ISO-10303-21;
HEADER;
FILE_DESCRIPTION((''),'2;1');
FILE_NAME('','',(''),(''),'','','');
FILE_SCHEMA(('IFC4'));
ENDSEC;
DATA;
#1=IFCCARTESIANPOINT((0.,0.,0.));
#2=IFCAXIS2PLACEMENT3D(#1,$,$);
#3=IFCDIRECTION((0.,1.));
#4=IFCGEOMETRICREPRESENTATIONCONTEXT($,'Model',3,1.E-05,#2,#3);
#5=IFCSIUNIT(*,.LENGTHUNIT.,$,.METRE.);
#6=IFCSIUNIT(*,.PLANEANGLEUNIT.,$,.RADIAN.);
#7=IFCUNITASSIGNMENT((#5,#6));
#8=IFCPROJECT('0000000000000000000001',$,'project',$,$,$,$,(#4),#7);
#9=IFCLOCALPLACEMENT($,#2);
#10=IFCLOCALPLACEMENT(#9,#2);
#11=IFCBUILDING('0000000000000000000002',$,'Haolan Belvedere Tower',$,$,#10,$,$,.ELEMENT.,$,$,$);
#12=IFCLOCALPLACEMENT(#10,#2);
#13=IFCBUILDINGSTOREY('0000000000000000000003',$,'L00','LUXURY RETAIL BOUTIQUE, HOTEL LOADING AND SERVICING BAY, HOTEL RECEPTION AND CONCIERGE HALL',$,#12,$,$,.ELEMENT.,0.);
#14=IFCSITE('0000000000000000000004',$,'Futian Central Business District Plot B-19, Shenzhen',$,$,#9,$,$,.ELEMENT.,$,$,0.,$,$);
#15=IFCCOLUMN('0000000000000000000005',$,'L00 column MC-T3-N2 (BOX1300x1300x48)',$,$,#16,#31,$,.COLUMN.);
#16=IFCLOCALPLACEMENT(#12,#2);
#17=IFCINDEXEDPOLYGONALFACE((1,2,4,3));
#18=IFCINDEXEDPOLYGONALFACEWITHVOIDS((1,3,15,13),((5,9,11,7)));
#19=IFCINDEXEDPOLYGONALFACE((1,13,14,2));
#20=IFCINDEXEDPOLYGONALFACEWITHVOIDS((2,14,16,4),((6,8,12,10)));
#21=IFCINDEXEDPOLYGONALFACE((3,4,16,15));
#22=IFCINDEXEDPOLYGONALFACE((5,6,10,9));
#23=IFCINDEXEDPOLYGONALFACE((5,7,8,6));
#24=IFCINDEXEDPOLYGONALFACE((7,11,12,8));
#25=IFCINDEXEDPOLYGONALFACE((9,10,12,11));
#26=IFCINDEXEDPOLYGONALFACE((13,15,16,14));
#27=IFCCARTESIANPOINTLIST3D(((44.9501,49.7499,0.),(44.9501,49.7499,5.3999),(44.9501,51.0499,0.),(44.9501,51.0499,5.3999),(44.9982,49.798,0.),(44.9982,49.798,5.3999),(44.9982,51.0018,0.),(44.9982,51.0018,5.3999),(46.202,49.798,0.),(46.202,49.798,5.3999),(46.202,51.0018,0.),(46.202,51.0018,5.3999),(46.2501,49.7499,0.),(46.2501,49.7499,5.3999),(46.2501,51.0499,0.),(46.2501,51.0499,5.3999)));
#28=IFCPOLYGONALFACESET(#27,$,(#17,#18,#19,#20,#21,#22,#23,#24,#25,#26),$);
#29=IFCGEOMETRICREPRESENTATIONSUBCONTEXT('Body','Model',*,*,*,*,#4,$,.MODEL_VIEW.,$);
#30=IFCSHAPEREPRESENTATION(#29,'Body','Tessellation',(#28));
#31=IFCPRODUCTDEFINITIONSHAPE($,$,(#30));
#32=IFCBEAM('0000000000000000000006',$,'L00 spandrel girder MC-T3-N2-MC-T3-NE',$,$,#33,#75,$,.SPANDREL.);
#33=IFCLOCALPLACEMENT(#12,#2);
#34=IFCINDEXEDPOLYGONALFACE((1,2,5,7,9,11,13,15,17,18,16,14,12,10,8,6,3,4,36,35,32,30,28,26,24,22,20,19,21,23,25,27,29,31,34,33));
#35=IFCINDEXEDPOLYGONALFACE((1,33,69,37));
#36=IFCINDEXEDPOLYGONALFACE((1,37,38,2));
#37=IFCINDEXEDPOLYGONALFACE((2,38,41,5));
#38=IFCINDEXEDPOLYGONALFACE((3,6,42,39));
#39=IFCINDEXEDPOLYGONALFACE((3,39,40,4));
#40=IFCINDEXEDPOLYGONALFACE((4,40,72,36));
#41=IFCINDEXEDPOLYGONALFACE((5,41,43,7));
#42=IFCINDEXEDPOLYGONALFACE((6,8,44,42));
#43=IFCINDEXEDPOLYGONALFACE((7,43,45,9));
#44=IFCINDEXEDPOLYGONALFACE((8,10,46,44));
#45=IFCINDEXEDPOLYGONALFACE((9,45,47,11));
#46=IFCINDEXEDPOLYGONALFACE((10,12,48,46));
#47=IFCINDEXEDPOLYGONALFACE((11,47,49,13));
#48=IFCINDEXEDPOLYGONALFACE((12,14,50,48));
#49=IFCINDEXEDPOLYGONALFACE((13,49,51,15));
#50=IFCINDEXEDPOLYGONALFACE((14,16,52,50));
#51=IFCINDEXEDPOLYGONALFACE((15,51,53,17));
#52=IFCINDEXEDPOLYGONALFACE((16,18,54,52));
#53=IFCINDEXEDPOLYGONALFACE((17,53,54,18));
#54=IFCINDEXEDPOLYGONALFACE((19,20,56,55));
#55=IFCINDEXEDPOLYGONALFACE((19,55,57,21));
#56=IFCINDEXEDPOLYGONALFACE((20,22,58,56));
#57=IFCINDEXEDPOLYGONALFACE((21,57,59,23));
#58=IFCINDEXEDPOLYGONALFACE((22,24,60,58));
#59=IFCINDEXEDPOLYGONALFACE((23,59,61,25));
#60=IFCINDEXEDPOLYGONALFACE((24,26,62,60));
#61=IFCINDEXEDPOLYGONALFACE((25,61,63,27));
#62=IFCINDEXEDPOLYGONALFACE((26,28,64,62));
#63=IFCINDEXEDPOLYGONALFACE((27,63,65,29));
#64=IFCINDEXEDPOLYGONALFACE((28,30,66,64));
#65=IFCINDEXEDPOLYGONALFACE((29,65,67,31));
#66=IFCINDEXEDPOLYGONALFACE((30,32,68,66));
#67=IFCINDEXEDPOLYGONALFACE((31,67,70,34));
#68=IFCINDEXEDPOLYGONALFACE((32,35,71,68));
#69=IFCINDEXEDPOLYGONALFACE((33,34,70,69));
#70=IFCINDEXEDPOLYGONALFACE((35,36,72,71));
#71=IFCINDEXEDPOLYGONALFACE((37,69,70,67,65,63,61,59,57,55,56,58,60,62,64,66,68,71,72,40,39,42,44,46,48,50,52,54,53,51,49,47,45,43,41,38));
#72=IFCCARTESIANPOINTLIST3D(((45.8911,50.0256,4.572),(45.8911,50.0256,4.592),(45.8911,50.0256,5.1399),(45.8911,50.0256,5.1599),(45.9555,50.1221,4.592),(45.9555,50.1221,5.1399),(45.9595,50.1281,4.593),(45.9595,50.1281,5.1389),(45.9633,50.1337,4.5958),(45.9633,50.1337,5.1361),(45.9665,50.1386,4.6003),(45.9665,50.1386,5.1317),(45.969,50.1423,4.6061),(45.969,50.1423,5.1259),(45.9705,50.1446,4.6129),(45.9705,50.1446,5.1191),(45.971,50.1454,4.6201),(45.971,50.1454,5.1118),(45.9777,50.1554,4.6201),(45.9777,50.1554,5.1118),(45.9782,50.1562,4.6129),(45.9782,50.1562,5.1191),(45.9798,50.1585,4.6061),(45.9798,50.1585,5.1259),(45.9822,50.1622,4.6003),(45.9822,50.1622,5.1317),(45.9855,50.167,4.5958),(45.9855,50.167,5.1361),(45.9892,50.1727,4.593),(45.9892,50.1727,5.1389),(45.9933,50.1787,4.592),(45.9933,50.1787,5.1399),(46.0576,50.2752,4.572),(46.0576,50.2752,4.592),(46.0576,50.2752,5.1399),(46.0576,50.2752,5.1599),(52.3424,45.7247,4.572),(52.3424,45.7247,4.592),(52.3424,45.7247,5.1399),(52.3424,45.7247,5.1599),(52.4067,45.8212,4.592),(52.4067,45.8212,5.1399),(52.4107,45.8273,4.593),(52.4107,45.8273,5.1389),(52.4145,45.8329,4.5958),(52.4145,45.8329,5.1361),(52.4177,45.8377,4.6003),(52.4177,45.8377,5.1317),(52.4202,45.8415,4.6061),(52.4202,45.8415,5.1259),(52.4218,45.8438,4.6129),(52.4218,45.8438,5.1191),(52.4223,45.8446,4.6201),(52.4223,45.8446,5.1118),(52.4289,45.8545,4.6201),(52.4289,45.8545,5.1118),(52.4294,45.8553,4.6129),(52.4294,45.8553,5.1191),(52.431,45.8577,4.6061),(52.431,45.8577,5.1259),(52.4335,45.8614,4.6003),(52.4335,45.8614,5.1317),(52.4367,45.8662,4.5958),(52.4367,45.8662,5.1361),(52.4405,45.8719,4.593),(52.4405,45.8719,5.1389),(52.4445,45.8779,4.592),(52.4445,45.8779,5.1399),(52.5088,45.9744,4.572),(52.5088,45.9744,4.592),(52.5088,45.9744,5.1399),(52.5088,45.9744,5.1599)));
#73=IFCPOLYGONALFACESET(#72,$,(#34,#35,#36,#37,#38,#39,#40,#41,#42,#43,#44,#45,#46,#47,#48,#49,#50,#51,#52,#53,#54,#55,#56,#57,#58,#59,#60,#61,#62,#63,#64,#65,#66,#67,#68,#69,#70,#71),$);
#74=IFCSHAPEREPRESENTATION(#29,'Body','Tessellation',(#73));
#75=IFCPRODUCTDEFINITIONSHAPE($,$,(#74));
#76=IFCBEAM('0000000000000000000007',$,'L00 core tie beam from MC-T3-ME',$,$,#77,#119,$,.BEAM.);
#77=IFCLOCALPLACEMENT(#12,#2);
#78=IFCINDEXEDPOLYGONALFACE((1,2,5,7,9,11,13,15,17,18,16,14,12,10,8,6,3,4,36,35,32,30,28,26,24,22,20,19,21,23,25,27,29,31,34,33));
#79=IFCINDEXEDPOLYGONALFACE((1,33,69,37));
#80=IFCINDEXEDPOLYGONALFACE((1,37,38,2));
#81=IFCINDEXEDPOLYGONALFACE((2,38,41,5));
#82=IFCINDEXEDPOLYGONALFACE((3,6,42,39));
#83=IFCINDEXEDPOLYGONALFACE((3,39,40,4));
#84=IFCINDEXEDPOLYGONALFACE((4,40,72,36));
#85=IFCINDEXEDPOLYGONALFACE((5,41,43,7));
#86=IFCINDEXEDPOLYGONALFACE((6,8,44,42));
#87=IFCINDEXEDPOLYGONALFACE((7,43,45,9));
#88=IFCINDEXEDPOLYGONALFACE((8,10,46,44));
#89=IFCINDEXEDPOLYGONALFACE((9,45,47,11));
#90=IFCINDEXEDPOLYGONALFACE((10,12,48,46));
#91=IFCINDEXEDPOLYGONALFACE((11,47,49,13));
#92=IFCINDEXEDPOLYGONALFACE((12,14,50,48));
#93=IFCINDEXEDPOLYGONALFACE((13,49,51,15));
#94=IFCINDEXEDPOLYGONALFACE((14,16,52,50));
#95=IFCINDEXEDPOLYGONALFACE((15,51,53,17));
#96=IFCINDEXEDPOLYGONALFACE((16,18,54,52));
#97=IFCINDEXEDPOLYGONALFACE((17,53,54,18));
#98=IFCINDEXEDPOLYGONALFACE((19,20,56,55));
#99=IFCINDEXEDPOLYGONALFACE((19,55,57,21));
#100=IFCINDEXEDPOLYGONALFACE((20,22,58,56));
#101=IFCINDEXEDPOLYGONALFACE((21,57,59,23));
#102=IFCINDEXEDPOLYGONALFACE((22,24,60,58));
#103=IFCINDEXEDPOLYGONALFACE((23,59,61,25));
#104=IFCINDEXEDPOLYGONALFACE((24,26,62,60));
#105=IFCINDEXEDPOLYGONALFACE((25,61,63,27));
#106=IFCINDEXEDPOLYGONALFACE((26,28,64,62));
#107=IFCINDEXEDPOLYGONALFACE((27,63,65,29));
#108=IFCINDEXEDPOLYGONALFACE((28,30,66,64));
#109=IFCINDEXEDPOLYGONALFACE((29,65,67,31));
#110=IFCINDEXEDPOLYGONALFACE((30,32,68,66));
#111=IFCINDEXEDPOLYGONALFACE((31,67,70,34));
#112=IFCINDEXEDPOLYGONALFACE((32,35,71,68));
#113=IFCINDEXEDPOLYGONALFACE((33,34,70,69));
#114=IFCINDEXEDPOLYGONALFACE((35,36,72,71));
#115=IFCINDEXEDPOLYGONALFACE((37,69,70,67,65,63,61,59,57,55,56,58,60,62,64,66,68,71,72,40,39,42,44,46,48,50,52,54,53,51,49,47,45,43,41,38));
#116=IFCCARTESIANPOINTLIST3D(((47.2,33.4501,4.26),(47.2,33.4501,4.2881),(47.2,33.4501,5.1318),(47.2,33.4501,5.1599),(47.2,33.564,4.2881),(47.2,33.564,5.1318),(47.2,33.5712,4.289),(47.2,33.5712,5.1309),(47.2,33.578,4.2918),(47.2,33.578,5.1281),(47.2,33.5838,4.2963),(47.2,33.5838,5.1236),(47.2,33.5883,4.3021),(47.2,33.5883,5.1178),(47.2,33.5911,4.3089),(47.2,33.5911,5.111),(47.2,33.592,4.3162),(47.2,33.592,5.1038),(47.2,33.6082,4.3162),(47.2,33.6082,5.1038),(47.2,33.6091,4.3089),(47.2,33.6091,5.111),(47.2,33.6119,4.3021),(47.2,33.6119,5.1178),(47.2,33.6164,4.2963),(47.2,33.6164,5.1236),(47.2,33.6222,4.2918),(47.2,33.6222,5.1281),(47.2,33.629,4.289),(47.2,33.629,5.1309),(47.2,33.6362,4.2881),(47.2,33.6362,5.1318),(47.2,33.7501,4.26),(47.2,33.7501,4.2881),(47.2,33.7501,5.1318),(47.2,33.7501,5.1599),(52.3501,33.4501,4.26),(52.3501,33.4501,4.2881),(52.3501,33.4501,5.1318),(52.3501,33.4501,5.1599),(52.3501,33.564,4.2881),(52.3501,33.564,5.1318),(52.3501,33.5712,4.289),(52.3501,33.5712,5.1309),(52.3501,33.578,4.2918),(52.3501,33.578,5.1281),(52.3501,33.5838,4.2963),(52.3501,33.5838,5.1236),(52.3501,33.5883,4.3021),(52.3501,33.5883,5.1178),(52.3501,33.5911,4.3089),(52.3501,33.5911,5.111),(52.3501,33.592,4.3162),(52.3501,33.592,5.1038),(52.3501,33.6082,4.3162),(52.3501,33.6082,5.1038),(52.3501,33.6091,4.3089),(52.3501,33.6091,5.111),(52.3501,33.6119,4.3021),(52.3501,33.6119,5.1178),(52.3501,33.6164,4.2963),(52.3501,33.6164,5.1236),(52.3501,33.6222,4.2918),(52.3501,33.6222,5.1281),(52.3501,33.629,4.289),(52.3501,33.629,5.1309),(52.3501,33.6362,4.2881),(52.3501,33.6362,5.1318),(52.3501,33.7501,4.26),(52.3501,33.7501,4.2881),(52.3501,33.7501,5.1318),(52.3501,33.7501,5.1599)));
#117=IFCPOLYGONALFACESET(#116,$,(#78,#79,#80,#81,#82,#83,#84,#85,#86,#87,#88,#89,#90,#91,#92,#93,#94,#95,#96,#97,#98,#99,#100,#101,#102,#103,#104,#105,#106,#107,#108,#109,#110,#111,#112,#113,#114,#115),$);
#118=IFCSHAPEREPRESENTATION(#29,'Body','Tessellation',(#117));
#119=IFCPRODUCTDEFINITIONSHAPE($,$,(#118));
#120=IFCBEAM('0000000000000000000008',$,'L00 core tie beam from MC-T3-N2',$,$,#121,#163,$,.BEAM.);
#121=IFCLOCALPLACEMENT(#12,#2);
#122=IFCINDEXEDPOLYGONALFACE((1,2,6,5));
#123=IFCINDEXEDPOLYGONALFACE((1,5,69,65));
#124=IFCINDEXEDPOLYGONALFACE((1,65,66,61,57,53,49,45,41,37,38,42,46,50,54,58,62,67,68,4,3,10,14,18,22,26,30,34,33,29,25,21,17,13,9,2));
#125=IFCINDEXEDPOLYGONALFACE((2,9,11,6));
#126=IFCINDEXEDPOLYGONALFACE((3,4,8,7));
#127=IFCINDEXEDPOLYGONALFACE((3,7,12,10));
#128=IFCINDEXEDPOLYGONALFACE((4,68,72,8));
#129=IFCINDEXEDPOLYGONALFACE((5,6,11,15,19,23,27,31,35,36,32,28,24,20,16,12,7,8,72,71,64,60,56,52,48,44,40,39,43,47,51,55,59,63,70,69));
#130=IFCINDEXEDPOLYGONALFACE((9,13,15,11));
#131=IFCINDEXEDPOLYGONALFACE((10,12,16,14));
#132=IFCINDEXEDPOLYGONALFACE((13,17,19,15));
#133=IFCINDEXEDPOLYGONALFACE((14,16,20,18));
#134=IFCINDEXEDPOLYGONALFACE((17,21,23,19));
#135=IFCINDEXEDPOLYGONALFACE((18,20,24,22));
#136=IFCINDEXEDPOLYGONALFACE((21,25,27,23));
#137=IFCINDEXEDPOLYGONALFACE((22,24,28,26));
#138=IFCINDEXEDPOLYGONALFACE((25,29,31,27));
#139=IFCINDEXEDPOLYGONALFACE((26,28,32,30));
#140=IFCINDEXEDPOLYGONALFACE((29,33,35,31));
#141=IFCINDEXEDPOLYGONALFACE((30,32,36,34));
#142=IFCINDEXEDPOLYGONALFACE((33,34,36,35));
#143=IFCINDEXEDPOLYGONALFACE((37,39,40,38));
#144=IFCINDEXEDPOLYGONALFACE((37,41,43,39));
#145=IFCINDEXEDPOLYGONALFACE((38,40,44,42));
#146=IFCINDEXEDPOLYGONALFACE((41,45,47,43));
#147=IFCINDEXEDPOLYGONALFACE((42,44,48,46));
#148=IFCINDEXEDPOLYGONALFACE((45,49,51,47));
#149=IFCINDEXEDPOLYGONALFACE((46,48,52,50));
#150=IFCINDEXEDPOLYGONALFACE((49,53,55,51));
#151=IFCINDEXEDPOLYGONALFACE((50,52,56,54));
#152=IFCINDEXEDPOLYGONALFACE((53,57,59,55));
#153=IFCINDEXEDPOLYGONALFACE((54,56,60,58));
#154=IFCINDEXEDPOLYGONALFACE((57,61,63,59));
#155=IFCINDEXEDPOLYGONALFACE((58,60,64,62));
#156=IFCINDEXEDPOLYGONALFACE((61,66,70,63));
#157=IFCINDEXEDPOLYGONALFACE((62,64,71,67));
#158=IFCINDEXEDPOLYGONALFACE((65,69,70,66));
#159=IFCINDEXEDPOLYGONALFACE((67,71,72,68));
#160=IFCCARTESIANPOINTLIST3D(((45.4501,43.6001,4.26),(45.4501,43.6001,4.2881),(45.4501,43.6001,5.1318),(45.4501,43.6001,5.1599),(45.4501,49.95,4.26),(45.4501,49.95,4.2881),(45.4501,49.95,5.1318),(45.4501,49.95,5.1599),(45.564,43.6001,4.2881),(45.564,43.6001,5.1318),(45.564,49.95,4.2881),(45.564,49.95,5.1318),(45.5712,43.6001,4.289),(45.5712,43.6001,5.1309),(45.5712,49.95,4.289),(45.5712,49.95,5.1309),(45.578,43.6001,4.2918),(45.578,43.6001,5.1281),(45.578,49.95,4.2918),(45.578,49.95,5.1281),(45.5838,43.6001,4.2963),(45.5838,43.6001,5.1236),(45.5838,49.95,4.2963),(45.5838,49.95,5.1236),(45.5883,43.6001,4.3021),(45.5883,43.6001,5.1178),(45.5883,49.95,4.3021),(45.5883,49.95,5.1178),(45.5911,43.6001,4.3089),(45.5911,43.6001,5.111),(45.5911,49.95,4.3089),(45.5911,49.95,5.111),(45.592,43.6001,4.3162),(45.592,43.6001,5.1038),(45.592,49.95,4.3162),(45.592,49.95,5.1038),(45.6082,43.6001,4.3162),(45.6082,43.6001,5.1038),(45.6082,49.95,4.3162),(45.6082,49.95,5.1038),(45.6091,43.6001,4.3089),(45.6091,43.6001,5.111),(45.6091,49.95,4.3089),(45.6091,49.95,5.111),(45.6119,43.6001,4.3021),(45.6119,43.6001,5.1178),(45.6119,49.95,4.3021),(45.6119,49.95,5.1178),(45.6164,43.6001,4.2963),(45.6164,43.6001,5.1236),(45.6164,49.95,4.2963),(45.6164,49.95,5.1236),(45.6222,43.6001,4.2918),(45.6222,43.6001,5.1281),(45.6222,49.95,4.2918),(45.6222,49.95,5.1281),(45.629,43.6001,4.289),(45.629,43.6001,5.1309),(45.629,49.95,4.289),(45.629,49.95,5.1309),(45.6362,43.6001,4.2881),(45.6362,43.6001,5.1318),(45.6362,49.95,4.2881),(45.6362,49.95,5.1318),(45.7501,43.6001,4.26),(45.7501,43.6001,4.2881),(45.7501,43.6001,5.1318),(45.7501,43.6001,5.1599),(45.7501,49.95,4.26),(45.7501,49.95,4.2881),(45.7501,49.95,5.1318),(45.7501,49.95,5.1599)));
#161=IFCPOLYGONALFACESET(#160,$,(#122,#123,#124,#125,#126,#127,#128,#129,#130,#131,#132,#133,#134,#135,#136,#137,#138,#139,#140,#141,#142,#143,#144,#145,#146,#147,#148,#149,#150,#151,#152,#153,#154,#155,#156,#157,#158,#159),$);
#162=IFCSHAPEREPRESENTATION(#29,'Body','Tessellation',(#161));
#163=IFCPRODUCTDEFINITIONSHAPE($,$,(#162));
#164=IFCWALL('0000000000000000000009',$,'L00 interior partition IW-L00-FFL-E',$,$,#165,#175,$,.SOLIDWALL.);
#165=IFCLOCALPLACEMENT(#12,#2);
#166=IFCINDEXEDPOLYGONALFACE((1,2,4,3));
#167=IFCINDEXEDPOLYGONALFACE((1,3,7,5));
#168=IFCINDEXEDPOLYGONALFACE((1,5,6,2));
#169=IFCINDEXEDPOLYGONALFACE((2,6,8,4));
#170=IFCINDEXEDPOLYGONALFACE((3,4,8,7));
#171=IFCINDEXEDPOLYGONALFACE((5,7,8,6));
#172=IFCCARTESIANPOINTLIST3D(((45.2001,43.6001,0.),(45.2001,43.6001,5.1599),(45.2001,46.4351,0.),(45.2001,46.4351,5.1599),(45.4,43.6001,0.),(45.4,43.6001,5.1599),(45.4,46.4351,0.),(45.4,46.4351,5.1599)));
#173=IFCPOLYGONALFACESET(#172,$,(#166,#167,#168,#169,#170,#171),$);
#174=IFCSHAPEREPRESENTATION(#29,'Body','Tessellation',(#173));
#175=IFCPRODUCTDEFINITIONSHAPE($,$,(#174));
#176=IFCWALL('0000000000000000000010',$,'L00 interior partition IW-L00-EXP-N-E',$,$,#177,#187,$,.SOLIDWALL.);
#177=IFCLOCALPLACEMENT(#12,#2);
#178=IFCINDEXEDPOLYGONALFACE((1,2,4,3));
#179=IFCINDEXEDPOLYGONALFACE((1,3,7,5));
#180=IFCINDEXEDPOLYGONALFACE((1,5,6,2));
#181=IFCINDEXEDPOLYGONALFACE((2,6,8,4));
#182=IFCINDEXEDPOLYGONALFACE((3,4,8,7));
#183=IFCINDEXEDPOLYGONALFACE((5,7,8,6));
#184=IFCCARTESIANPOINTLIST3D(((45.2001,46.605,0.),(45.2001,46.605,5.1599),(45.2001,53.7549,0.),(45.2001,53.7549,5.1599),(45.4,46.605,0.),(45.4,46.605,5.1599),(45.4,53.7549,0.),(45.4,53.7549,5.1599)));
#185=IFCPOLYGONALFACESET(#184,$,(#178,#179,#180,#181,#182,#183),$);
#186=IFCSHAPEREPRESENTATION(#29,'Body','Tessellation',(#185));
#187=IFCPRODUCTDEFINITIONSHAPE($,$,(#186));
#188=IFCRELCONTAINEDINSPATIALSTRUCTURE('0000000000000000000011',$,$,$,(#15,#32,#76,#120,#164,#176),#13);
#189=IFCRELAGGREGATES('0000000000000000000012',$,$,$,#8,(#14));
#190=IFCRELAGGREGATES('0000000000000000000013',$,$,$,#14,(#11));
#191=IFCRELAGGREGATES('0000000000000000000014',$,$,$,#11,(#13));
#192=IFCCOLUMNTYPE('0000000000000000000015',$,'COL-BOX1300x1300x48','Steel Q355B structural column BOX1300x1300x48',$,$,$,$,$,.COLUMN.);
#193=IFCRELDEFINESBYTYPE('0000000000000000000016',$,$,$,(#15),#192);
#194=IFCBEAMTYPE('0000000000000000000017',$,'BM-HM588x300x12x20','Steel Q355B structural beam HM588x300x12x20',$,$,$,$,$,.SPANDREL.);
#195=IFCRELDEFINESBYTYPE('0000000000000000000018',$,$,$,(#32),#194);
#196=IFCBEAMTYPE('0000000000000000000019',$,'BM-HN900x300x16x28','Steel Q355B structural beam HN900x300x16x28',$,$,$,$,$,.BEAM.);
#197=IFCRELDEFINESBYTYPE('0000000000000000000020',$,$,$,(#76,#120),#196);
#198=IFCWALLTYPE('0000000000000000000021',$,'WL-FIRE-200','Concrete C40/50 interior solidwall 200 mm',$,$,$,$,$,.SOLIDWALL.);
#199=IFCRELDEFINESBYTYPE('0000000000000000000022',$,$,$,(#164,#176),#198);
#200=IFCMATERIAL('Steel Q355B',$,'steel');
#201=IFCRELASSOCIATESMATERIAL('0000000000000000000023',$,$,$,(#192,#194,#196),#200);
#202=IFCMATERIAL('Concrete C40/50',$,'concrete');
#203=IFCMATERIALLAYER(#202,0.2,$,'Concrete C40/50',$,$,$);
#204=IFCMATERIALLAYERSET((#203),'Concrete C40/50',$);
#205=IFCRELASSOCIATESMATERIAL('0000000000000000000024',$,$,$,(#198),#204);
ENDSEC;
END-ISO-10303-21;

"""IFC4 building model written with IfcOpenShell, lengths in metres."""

from ifc_helpers import new_model, si_unit, direction, frame, frame_2d, origin, origin_2d, place, context, subcontext, project, spatial, rectangle, hollow_rectangle, i_section, extrude, material, layer, layer_set, material_profile, profile_set, type_object, element, save


model = new_model("IFC4")

# Units and contexts
model_context = context("Model", 3, precision=1e-05, world=origin(), true_north=direction((0.0, 1.0)))
body_context = subcontext(model_context, "Body", "Model", "MODEL_VIEW")
ifc_project = project(units=[si_unit("LENGTHUNIT", "METRE"), si_unit("PLANEANGLEUNIT", "RADIAN")], contexts=[model_context])

# Site, building, storey
site_placement = place(None, origin())
site = spatial("IfcSite", under=ifc_project, at=site_placement, Name="Futian Central Business District Plot B-19, Shenzhen", CompositionType="ELEMENT", RefElevation=0.0)
building_placement = place(site_placement, origin())
building = spatial("IfcBuilding", under=site, at=building_placement, Name="Haolan Belvedere Tower", CompositionType="ELEMENT")
storey_placement = place(building_placement, origin())
storey = spatial("IfcBuildingStorey", under=building, at=storey_placement, Name="L00", Description="LUXURY RETAIL BOUTIQUE, HOTEL LOADING AND SERVICING BAY, HOTEL RECEPTION AND CONCIERGE HALL", CompositionType="ELEMENT", Elevation=0.0)

# Column
ifc_material_1 = material(Name="Steel Q355B", Category="steel")
ifc_material_profile_1 = material_profile(ifc_material_1, hollow_rectangle(XDim=1.3, YDim=1.3, WallThickness=0.0481, at=origin_2d()), Name="Steel Q355B")
ifc_profile_set_1 = profile_set([ifc_material_profile_1], Name="Steel Q355B")
column_type = type_object("IfcColumnType", Name="COL-BOX1300x1300x48", Description="Steel Q355B structural column BOX1300x1300x48", PredefinedType="COLUMN", material=ifc_profile_set_1)
column_placement = place(storey_placement, frame((45.6001, 50.3999, 0.0), z_axis=(0.0, 0.0, 1.0), x_axis=(1.0, 0.0, 0.0)))
element("IfcColumn", 1, at=column_placement, inside=storey, type_object=column_type, Name="L00 column MC-T3-N2 (BOX1300x1300x48)", PredefinedType="COLUMN", context=body_context, shape_type="SweptSolid", body=[
    extrude(hollow_rectangle(XDim=1.3, YDim=1.3, WallThickness=0.0481, at=origin_2d()), origin(), (0.0, 0.0, 1.0), 5.3999),
])

# Beams
ifc_material_profile_2 = material_profile(ifc_material_1, i_section(OverallWidth=0.3, OverallDepth=0.5879, WebThickness=0.012, FlangeThickness=0.02, FilletRadius=0.0281, at=origin_2d()), Name="Steel Q355B")
ifc_profile_set_2 = profile_set([ifc_material_profile_2], Name="Steel Q355B")
beam_type_1 = type_object("IfcBeamType", Name="BM-HM588x300x12x20", Description="Steel Q355B structural beam HM588x300x12x20", PredefinedType="SPANDREL", material=ifc_profile_set_2)
beam_1_placement = place(storey_placement, frame((45.9744, 50.1504, 4.866), z_axis=(0.83205, -0.5547, 0.0), x_axis=(0.5547, 0.83205, 0.0)))
element("IfcBeam", 2, at=beam_1_placement, inside=storey, type_object=beam_type_1, Name="L00 spandrel girder MC-T3-N2-MC-T3-NE", PredefinedType="SPANDREL", context=body_context, shape_type="SweptSolid", body=[
    extrude(i_section(OverallWidth=0.3, OverallDepth=0.5879, WebThickness=0.012, FlangeThickness=0.02, FilletRadius=0.0281, at=origin_2d()), origin(), (0.0, 0.0, 1.0), 7.7534),
])
ifc_material_profile_3 = material_profile(ifc_material_1, i_section(OverallWidth=0.3, OverallDepth=0.8999, WebThickness=0.0161, FlangeThickness=0.0281, FilletRadius=0.0281, at=origin_2d()), Name="Steel Q355B")
ifc_profile_set_3 = profile_set([ifc_material_profile_3], Name="Steel Q355B")
beam_type_2 = type_object("IfcBeamType", Name="BM-HN900x300x16x28", Description="Steel Q355B structural beam HN900x300x16x28", PredefinedType="BEAM", material=ifc_profile_set_3)
beam_2_placement = place(storey_placement, frame((52.3501, 33.6001, 4.71), z_axis=(-1.0, 0.0, 0.0), x_axis=(0.0, -1.0, 0.0)))
element("IfcBeam", 3, at=beam_2_placement, inside=storey, type_object=beam_type_2, Name="L00 core tie beam from MC-T3-ME", PredefinedType="BEAM", context=body_context, shape_type="SweptSolid", body=[
    extrude(i_section(OverallWidth=0.3, OverallDepth=0.8999, WebThickness=0.0161, FlangeThickness=0.0281, FilletRadius=0.0281, at=origin_2d()), origin(), (0.0, 0.0, 1.0), 5.1501),
])
beam_3_placement = place(storey_placement, frame((45.6001, 49.95, 4.71), z_axis=(0.0, -1.0, 0.0), x_axis=(1.0, 0.0, 0.0)))
element("IfcBeam", 4, at=beam_3_placement, inside=storey, type_object=beam_type_2, Name="L00 core tie beam from MC-T3-N2", PredefinedType="BEAM", context=body_context, shape_type="SweptSolid", body=[
    extrude(i_section(OverallWidth=0.3, OverallDepth=0.8999, WebThickness=0.0161, FlangeThickness=0.0281, FilletRadius=0.0281, at=origin_2d()), origin(), (0.0, 0.0, 1.0), 6.3499),
])

# Walls
ifc_material_2 = material(Name="Concrete C40/50", Category="concrete")
ifc_layer_1 = layer(ifc_material_2, 0.2, Name="Concrete C40/50")
ifc_layer_set_1 = layer_set([ifc_layer_1], Name="Concrete C40/50")
wall_type_1 = type_object("IfcWallType", Name="WL-FIRE-200", Description="Concrete C40/50 interior solidwall 200 mm", PredefinedType="SOLIDWALL", material=ifc_layer_set_1)
wall_1_placement = place(storey_placement, frame((45.3, 43.6001, 0.0), z_axis=(0.0, 0.0, 1.0), x_axis=(0.0, 1.0, 0.0)))
element("IfcWall", 5, at=wall_1_placement, inside=storey, type_object=wall_type_1, Name="L00 interior partition IW-L00-FFL-E", PredefinedType="SOLIDWALL", context=body_context, shape_type="SweptSolid", body=[
    extrude(rectangle(XDim=2.835, YDim=0.2, at=frame_2d((1.4175, 0.0))), origin(), (0.0, 0.0, 1.0), 5.1599),
])
wall_2_placement = place(storey_placement, frame((45.3, 46.605, 0.0), z_axis=(0.0, 0.0, 1.0), x_axis=(0.0, 1.0, 0.0)))
element("IfcWall", 6, at=wall_2_placement, inside=storey, type_object=wall_type_1, Name="L00 interior partition IW-L00-EXP-N-E", PredefinedType="SOLIDWALL", context=body_context, shape_type="SweptSolid", body=[
    extrude(rectangle(XDim=7.1499, YDim=0.2, at=frame_2d((3.575, 0.0))), origin(), (0.0, 0.0, 1.0), 5.1599),
])

save(model, "model.ifc")
